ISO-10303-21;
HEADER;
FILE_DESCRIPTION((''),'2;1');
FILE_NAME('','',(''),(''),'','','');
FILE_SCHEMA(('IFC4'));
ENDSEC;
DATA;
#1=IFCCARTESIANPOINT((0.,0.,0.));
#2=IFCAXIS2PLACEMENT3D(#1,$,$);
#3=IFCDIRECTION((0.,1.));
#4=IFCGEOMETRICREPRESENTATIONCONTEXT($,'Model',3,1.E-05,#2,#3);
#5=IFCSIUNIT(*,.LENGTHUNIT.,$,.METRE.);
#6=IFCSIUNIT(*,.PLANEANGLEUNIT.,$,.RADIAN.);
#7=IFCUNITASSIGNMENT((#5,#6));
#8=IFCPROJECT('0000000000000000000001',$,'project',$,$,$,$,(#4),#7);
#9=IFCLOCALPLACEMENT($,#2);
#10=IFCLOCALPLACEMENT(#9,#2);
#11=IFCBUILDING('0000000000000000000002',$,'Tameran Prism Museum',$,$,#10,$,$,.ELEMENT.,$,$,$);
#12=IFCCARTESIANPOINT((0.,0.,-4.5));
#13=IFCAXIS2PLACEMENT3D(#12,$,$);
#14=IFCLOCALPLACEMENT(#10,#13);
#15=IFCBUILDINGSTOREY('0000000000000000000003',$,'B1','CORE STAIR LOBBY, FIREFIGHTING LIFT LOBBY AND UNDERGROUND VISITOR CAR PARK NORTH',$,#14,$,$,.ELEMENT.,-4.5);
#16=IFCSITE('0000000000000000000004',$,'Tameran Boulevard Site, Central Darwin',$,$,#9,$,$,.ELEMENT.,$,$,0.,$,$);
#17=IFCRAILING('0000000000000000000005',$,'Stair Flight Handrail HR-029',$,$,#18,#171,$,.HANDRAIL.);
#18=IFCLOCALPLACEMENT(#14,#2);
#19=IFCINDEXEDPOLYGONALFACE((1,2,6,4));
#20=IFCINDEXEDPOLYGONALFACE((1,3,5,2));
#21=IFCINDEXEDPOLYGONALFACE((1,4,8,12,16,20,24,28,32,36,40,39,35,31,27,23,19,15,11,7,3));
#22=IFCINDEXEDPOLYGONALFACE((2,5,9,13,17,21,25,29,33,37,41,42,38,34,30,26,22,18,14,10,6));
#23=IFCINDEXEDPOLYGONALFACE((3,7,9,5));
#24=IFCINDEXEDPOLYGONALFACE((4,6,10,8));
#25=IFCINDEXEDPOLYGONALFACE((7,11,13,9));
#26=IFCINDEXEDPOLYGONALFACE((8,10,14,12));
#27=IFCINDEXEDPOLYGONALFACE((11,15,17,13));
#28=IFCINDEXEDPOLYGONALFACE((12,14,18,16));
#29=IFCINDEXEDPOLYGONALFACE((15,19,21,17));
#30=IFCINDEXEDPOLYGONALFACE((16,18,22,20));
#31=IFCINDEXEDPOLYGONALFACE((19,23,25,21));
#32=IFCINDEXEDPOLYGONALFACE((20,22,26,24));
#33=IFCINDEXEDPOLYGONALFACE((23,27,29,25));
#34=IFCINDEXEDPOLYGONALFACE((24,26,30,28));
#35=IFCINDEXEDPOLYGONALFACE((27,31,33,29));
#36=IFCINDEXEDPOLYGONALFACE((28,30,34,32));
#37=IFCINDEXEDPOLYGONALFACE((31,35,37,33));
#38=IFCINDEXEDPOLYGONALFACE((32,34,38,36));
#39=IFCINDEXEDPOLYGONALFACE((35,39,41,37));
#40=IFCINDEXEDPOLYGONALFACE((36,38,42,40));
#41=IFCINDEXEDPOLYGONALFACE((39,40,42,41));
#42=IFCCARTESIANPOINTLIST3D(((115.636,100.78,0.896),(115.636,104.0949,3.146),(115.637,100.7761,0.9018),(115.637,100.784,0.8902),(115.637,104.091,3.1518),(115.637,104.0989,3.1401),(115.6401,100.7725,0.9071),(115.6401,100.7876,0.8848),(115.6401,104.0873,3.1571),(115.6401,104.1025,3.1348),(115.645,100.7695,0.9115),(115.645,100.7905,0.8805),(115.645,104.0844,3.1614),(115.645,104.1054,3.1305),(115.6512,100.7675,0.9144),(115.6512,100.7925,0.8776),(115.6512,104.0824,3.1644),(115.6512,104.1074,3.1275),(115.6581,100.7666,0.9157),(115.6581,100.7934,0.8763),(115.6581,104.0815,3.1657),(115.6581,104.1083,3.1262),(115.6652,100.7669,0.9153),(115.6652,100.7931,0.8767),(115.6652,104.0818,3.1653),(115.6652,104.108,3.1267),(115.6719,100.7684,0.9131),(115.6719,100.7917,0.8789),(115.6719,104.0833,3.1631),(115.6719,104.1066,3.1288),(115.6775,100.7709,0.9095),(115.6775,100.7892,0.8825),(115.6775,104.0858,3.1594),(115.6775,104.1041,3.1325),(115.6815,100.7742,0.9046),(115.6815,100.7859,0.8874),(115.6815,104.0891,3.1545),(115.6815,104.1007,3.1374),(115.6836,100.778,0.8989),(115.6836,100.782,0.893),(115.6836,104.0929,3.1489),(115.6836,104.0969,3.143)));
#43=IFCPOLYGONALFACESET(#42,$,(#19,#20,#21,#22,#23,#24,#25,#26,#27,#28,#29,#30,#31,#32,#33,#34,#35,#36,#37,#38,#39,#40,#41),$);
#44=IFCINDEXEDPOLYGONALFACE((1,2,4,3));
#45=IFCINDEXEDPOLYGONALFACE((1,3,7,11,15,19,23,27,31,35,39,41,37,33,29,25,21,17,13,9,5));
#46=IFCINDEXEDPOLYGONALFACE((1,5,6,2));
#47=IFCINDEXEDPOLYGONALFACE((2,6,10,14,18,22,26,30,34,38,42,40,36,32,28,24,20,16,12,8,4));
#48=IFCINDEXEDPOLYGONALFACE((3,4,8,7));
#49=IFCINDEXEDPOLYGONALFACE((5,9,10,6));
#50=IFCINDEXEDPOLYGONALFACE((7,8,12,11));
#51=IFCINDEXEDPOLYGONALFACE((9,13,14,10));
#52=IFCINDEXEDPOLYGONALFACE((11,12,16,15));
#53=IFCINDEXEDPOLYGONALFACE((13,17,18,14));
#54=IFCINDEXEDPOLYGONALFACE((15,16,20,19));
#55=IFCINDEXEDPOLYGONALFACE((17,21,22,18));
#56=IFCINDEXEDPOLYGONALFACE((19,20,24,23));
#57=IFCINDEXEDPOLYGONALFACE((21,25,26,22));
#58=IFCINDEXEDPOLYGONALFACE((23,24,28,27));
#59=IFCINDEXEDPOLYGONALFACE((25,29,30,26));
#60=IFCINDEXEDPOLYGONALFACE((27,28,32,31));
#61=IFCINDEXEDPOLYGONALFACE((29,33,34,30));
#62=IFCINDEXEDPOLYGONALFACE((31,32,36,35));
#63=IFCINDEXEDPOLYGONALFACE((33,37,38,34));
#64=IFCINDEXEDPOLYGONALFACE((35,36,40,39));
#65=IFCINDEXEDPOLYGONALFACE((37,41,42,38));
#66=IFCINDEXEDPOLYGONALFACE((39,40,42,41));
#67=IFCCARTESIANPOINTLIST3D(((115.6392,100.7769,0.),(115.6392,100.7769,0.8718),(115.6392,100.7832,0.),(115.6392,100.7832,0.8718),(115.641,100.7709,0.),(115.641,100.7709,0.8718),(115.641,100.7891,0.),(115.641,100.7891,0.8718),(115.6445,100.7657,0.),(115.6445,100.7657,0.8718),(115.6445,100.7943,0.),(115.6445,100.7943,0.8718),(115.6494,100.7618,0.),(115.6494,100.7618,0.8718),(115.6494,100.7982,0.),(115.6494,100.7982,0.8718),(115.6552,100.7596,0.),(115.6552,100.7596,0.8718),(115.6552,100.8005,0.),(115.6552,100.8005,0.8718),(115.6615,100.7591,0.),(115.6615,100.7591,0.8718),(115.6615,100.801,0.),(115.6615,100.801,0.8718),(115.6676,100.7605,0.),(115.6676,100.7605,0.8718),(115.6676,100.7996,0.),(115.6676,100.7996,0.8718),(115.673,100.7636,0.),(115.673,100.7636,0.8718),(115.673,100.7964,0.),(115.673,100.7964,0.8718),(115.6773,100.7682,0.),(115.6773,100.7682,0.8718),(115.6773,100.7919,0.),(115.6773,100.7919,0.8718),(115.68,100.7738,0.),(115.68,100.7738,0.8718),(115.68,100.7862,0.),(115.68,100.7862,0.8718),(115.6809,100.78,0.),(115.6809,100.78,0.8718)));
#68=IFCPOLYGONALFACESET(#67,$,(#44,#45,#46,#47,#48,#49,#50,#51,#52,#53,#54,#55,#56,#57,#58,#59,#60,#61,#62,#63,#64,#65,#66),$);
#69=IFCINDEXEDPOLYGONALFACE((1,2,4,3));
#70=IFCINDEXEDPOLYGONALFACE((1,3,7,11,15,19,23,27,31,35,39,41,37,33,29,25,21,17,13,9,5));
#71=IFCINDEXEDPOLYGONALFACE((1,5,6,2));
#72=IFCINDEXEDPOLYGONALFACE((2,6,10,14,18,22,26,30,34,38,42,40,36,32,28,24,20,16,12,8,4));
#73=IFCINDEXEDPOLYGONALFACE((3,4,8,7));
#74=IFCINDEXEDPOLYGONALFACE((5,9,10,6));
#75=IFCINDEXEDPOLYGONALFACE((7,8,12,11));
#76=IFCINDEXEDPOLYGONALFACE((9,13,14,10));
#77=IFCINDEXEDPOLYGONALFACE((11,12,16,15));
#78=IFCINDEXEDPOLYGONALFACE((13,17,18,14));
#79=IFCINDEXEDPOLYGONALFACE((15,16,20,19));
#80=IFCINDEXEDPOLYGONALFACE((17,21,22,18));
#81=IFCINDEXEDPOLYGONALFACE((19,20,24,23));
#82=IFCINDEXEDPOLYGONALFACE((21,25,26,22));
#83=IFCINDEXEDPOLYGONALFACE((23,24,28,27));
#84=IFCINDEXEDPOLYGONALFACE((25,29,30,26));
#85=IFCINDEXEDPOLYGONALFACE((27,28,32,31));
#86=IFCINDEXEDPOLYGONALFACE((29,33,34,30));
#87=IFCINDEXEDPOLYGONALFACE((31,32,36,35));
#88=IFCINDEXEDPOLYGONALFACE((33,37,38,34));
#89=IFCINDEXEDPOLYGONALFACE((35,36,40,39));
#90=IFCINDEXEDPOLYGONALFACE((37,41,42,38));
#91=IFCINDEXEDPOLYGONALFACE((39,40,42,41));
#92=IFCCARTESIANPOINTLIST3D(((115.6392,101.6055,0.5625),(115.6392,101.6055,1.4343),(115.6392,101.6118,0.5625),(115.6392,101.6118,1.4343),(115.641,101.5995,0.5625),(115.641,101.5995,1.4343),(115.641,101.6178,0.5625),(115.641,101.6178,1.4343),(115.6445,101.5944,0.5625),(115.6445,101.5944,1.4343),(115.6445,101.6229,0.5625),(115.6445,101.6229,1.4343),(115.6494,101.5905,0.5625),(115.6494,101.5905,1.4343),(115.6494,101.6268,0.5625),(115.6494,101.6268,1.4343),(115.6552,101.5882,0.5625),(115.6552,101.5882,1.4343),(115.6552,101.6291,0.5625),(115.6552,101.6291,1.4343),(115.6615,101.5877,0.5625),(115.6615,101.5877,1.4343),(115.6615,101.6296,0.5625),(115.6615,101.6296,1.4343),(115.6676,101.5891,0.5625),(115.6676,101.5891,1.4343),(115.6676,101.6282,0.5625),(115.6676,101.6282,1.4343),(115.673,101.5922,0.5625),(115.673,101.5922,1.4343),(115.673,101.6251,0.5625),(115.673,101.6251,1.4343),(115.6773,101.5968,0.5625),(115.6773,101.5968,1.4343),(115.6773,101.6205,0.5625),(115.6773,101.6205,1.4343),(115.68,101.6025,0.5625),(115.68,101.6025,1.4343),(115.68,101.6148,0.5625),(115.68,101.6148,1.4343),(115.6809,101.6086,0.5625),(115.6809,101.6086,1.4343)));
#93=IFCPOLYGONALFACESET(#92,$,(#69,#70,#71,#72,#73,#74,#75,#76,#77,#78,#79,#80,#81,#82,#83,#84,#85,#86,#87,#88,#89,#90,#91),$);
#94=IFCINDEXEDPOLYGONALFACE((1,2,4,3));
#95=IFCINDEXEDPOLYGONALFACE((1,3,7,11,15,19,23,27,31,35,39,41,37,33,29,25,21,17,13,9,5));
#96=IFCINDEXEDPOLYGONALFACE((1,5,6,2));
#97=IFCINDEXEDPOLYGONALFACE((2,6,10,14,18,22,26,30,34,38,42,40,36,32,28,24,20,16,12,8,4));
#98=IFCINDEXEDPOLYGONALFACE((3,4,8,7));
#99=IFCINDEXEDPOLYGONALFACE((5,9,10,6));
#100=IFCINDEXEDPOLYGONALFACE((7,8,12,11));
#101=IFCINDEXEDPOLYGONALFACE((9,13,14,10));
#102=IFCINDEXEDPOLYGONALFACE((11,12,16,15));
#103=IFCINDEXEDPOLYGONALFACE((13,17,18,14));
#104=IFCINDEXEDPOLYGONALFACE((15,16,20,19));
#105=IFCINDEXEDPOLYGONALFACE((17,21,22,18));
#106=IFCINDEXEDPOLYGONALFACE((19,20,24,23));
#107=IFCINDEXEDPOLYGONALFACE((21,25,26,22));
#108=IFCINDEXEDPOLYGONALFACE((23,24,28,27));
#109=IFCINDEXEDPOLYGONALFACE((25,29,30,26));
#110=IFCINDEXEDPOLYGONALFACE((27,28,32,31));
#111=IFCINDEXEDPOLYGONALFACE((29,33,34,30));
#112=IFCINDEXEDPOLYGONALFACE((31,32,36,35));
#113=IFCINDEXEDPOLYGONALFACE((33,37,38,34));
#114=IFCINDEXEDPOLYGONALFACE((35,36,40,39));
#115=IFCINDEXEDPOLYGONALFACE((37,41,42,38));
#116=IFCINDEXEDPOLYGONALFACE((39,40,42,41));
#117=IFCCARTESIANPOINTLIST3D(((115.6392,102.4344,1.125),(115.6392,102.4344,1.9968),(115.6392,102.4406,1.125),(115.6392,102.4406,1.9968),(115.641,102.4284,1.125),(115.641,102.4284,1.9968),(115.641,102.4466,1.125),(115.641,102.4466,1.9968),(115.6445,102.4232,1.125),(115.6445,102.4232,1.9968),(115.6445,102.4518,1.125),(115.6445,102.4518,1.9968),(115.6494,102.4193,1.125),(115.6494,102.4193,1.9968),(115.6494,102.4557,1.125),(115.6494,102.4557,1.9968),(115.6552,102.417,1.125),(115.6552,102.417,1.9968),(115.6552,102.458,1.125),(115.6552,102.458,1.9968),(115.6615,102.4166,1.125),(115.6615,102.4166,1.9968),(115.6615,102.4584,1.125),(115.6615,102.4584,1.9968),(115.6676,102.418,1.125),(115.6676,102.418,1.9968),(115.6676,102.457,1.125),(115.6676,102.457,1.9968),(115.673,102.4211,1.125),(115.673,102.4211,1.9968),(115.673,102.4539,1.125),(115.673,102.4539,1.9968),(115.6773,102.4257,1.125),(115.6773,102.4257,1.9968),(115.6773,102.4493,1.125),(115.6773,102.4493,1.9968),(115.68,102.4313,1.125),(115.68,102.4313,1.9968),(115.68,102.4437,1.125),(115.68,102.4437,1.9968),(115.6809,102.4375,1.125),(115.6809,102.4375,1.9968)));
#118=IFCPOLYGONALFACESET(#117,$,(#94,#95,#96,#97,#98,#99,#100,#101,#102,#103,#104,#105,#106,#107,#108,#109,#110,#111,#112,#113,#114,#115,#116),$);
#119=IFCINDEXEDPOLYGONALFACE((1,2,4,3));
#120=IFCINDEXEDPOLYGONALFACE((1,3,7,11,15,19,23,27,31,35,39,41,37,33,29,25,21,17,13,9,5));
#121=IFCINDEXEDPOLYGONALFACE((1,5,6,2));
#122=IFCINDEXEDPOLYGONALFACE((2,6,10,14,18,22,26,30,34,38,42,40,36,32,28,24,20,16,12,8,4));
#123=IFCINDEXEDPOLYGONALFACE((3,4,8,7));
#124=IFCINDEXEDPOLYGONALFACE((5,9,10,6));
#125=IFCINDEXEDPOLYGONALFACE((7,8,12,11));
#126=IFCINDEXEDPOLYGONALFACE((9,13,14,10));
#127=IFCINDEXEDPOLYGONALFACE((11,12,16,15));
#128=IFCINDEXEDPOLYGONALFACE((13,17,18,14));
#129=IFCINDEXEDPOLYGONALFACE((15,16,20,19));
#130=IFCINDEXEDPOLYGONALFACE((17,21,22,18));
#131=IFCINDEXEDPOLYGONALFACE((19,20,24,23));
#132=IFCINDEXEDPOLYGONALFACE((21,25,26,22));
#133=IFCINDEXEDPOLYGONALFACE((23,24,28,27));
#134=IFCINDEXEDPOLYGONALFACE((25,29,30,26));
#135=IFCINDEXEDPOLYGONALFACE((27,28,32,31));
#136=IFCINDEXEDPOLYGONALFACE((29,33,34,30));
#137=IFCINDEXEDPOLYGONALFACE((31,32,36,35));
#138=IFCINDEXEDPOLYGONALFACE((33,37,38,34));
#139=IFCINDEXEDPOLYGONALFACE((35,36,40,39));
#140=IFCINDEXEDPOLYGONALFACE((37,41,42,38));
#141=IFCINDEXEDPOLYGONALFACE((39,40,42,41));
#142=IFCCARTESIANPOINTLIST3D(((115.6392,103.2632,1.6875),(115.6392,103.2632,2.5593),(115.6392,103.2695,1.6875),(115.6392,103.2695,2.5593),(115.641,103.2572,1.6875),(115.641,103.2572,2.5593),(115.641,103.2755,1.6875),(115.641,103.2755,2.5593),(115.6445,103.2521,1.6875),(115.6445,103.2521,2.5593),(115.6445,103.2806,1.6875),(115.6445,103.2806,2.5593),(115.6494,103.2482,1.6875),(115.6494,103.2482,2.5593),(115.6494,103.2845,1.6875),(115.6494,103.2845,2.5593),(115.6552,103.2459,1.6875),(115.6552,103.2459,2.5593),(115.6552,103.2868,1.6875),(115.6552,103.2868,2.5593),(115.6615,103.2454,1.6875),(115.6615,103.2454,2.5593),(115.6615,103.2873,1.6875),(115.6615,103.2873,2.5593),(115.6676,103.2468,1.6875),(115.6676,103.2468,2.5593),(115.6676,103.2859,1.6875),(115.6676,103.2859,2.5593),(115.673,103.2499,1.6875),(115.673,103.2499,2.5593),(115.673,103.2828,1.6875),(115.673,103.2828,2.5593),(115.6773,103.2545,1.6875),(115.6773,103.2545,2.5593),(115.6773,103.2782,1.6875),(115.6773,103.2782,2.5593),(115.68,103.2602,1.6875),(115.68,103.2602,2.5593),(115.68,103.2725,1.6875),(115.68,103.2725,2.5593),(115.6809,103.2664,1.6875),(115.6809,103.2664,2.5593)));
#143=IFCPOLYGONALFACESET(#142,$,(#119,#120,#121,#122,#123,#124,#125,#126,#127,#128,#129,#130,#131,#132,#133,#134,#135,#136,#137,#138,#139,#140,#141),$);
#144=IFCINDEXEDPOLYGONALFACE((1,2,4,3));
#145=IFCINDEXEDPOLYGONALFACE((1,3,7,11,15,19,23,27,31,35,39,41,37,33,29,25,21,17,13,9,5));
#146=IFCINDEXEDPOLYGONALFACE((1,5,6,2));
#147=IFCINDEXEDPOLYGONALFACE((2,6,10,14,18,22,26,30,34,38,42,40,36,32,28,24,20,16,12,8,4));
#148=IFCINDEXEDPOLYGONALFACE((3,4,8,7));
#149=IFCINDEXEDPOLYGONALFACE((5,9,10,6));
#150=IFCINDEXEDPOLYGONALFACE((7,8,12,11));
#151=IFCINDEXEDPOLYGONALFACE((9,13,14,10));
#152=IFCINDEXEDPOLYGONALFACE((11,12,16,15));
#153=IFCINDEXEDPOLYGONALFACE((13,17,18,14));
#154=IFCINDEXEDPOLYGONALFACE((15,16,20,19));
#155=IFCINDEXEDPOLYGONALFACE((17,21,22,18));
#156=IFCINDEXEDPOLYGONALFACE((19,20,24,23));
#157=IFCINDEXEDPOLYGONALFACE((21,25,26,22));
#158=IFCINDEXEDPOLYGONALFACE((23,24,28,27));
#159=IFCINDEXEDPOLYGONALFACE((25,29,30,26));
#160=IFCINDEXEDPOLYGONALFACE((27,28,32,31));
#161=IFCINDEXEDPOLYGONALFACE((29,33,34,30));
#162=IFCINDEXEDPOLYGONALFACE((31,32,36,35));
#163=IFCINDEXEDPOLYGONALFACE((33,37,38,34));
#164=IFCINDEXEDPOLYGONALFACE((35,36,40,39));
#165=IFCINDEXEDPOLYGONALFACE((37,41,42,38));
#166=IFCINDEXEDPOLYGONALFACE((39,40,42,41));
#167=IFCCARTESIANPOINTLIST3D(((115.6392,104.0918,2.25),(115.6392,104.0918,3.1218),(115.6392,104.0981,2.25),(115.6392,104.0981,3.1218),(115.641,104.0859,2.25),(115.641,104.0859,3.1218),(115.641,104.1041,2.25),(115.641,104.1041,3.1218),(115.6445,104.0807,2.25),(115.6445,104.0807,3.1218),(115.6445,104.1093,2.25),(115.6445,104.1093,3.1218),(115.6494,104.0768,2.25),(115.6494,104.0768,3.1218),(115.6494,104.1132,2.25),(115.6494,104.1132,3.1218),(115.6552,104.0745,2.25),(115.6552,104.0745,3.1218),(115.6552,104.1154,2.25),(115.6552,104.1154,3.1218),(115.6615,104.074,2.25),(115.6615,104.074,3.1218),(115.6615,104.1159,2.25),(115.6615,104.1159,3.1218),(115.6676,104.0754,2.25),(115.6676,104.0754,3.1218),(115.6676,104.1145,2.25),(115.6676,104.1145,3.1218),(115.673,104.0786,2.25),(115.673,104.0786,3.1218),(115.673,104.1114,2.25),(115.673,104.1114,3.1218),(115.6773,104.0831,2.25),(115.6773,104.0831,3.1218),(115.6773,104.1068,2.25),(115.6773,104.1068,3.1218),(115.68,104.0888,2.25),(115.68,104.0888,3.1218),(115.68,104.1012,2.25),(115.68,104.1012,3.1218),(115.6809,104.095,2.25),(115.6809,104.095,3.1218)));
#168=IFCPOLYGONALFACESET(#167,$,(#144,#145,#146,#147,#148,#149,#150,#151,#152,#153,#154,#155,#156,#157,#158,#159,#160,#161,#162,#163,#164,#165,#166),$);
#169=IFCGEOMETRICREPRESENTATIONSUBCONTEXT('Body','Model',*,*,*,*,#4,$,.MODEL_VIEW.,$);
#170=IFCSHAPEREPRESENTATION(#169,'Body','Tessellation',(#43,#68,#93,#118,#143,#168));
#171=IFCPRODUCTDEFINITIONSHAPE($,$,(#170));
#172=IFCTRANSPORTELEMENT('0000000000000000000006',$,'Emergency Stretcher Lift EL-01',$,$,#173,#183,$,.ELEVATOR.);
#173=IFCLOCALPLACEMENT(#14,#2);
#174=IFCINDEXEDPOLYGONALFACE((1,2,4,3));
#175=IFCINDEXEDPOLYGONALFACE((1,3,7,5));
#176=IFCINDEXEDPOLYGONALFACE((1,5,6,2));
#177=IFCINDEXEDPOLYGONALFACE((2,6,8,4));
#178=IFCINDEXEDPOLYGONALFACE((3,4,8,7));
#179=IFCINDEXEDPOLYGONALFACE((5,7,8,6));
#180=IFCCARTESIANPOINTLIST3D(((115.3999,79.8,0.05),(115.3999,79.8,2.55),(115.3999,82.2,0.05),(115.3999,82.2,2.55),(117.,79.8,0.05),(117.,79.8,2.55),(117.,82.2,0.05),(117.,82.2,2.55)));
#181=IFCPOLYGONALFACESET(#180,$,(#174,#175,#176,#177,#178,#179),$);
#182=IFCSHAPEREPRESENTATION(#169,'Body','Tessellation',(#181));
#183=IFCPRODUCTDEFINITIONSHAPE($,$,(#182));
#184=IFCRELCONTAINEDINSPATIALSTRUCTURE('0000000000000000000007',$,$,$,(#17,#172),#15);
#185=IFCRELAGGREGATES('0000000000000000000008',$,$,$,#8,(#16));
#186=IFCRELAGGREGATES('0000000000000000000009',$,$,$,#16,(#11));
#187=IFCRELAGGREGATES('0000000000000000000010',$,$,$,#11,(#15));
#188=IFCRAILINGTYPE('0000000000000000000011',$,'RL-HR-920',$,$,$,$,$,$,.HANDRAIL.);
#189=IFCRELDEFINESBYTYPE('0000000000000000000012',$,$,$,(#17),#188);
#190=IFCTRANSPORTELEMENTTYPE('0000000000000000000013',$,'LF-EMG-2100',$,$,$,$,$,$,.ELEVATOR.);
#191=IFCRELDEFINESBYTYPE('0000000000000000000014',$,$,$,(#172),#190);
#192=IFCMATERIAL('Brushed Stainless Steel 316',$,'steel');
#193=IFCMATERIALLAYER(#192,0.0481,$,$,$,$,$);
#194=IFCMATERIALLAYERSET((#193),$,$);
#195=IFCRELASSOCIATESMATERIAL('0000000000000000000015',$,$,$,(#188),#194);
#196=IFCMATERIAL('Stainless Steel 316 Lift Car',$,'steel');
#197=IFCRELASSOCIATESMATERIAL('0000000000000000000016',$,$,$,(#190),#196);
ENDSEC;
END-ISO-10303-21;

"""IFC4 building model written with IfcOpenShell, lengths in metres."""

from ifc_helpers import new_model, si_unit, direction, frame, origin, origin_2d, place, context, subcontext, project, spatial, rectangle, circle, extrude, material, layer, layer_set, type_object, element, save


model = new_model("IFC4")

# Units and contexts
model_context = context("Model", 3, precision=1e-05, world=origin(), true_north=direction((0.0, 1.0)))
body_context = subcontext(model_context, "Body", "Model", "MODEL_VIEW")
ifc_project = project(units=[si_unit("LENGTHUNIT", "METRE"), si_unit("PLANEANGLEUNIT", "RADIAN")], contexts=[model_context])

# Site, building, storey
site_placement = place(None, origin())
site = spatial("IfcSite", under=ifc_project, at=site_placement, Name="Tameran Boulevard Site, Central Darwin", CompositionType="ELEMENT", RefElevation=0.0)
building_placement = place(site_placement, origin())
building = spatial("IfcBuilding", under=site, at=building_placement, Name="Tameran Prism Museum", CompositionType="ELEMENT")
storey_placement = place(building_placement, frame((0.0, 0.0, -4.5)))
storey = spatial("IfcBuildingStorey", under=building, at=storey_placement, Name="B1", Description="CORE STAIR LOBBY, FIREFIGHTING LIFT LOBBY AND UNDERGROUND VISITOR CAR PARK NORTH", CompositionType="ELEMENT", Elevation=-4.5)

# Railing
ifc_material_1 = material(Name="Brushed Stainless Steel 316", Category="steel")
ifc_layer_1 = layer(ifc_material_1, 0.0481)
ifc_layer_set_1 = layer_set([ifc_layer_1])
railing_type_1 = type_object("IfcRailingType", Name="RL-HR-920", PredefinedType="HANDRAIL", material=ifc_layer_set_1)
railing_1_placement = place(storey_placement, frame((115.6599, 100.78, 0.0)))
element("IfcRailing", 1, at=railing_1_placement, inside=storey, type_object=railing_type_1, Name="Stair Flight Handrail HR-029", PredefinedType="HANDRAIL", context=body_context, shape_type="SweptSolid", body=[
    extrude(circle(Radius=0.0239, at=origin_2d()), frame((0.0, 0.0, 0.896), z_axis=(0.0, 0.827409, 0.5616), x_axis=(-1.0, 0.0, 0.0)), (0.0, 0.0, 1.0), 4.0063),
    extrude(circle(Radius=0.021, at=origin_2d()), origin(), (0.0, 0.0, 1.0), 0.8718),
    extrude(circle(Radius=0.021, at=origin_2d()), frame((0.0, 0.8286, 0.5625)), (0.0, 0.0, 1.0), 0.8718),
    extrude(circle(Radius=0.021, at=origin_2d()), frame((0.0, 1.6575, 1.125)), (0.0, 0.0, 1.0), 0.8718),
    extrude(circle(Radius=0.021, at=origin_2d()), frame((0.0, 2.4863, 1.6875)), (0.0, 0.0, 1.0), 0.8718),
    extrude(circle(Radius=0.021, at=origin_2d()), frame((0.0, 3.3149, 2.25)), (0.0, 0.0, 1.0), 0.8718),
])

# Transport element
ifc_material_2 = material(Name="Stainless Steel 316 Lift Car", Category="steel")
transport_element_type = type_object("IfcTransportElementType", Name="LF-EMG-2100", PredefinedType="ELEVATOR", material=ifc_material_2)
transport_element_placement = place(storey_placement, frame((116.2, 81.0, 0.05), z_axis=(0.0, 0.0, 1.0), x_axis=(1.0, 0.0, 0.0)))
element("IfcTransportElement", 2, at=transport_element_placement, inside=storey, type_object=transport_element_type, Name="Emergency Stretcher Lift EL-01", PredefinedType="ELEVATOR", context=body_context, shape_type="SweptSolid", body=[
    extrude(rectangle(XDim=1.6001, YDim=2.3999, at=origin_2d()), origin(), (0.0, 0.0, 1.0), 2.5),
])

save(model, "model.ifc")
